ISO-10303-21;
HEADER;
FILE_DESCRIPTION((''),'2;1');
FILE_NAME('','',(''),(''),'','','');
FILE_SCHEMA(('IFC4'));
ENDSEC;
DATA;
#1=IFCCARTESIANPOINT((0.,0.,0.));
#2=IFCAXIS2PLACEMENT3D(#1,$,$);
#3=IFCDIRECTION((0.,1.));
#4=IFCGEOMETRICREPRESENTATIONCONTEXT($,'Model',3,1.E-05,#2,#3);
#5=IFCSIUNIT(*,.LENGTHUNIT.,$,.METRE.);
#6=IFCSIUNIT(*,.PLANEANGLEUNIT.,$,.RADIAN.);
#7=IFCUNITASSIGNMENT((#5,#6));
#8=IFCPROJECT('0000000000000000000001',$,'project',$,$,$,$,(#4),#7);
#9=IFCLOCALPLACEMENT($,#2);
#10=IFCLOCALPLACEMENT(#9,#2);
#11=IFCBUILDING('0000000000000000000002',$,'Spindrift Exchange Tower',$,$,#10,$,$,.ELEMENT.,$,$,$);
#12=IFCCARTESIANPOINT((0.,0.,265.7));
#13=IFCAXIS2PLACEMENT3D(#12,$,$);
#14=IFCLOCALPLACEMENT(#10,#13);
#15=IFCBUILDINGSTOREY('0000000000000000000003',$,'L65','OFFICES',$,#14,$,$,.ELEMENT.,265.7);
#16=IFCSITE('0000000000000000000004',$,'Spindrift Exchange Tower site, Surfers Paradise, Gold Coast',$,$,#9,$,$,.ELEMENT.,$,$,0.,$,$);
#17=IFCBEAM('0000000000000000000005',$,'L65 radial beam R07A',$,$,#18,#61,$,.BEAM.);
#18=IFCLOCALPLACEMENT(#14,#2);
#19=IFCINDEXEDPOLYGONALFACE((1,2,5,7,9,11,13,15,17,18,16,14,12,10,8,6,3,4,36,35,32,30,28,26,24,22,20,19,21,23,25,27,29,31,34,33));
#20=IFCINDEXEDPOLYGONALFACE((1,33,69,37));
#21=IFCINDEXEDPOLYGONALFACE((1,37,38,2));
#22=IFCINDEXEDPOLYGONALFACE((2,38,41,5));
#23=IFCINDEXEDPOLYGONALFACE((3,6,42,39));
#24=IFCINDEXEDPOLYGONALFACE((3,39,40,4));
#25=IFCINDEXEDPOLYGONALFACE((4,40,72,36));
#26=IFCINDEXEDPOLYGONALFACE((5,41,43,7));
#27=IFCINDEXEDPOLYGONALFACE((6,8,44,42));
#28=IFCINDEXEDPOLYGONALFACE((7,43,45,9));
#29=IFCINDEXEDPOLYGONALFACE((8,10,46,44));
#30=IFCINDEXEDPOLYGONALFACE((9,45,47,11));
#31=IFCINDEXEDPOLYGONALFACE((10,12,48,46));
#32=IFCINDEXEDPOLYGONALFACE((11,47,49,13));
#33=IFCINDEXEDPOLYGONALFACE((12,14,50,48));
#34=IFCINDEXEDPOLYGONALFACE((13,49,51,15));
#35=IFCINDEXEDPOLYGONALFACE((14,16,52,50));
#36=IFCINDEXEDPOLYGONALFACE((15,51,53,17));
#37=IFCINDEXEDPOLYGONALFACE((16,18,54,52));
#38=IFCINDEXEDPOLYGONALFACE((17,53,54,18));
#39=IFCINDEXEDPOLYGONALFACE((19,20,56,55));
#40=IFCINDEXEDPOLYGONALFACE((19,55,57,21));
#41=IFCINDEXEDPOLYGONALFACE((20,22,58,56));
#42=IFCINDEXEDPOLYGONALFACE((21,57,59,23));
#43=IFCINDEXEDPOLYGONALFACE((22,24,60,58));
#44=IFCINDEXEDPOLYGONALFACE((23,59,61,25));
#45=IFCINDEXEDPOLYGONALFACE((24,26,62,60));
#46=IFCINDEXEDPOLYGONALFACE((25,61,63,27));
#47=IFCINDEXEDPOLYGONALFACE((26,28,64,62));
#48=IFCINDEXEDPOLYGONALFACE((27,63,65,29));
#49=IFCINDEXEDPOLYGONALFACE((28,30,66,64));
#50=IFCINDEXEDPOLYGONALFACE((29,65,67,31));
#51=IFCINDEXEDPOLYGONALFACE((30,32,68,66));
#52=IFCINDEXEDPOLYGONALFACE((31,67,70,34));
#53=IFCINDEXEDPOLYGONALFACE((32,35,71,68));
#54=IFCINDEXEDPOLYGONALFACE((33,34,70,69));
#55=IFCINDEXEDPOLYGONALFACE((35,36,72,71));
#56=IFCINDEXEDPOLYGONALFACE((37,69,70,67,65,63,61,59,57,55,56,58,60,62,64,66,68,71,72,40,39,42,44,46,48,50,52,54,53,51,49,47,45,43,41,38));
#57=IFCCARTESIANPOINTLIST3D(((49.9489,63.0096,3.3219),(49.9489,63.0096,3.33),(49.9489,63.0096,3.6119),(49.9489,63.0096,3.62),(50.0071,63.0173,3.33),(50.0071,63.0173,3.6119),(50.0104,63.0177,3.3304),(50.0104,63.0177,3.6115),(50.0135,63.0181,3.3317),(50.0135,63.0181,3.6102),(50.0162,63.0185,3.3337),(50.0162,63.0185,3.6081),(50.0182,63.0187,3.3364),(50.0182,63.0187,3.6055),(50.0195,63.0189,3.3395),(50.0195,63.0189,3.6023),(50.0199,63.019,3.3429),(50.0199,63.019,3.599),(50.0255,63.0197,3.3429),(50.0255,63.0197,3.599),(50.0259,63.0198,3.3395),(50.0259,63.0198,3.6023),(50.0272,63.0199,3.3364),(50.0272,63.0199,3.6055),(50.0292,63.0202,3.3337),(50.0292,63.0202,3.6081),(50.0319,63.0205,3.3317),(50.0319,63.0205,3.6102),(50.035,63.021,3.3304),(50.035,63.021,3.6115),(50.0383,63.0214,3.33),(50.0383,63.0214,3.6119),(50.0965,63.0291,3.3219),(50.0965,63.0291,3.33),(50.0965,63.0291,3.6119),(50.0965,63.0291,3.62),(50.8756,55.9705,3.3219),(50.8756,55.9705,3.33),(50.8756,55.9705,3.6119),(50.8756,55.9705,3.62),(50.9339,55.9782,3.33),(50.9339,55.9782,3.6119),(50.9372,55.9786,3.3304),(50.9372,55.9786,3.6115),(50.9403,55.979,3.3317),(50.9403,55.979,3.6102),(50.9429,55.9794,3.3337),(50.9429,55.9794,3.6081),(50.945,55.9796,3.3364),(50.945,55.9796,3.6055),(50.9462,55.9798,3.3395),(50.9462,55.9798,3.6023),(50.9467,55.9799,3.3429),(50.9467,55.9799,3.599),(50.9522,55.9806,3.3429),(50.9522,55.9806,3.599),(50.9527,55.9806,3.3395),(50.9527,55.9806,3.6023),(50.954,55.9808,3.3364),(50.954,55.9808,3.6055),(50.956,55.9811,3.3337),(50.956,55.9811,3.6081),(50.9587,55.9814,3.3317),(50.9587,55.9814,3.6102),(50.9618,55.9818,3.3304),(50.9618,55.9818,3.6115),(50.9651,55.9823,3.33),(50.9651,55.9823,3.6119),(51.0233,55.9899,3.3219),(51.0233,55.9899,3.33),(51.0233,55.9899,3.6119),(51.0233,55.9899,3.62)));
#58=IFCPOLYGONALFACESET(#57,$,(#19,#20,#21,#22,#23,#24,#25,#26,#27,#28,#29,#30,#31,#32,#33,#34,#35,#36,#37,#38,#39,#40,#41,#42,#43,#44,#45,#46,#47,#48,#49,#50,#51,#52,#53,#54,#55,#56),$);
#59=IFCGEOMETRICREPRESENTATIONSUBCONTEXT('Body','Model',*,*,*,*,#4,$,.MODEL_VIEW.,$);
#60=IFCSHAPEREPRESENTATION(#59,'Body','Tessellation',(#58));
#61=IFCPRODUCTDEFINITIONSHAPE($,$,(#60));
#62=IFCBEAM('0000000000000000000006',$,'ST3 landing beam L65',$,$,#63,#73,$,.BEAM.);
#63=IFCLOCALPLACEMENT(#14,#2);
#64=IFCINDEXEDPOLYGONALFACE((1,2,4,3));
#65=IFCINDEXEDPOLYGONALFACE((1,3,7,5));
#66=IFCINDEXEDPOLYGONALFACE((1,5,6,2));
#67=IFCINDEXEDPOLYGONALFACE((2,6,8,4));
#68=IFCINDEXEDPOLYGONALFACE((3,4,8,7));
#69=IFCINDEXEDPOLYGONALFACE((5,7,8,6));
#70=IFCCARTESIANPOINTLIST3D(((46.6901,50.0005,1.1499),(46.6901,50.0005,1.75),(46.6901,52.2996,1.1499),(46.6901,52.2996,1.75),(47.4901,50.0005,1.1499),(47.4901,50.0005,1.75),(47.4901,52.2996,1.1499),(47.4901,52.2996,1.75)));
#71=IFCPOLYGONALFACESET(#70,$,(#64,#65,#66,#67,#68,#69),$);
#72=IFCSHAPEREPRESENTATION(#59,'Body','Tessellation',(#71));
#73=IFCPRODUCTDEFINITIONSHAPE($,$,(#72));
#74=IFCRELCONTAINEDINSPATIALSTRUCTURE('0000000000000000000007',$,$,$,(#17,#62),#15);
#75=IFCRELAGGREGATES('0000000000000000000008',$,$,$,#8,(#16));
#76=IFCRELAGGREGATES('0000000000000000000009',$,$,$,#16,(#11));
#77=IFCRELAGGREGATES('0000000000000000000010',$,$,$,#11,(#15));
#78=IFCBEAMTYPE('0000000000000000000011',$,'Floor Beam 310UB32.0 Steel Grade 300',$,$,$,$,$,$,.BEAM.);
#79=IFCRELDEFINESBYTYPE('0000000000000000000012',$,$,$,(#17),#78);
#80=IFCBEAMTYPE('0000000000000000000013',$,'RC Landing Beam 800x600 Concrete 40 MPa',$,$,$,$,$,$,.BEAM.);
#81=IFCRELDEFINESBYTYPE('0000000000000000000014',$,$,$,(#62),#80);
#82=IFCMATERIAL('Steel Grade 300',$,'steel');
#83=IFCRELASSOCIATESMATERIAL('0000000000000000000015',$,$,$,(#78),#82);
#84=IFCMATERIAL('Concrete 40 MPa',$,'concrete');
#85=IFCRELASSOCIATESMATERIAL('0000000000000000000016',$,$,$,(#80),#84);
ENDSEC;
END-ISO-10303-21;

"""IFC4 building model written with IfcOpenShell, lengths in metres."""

from ifc_helpers import new_model, si_unit, direction, frame, origin, origin_2d, place, context, subcontext, project, spatial, rectangle, i_section, extrude, source, transform, mapped, material, material_profile, profile_set, type_object, element, save


model = new_model("IFC4")

# Units and contexts
model_context = context("Model", 3, precision=1e-05, world=origin(), true_north=direction((0.0, 1.0)))
body_context = subcontext(model_context, "Body", "Model", "MODEL_VIEW")
ifc_project = project(units=[si_unit("LENGTHUNIT", "METRE"), si_unit("PLANEANGLEUNIT", "RADIAN")], contexts=[model_context])

# Site, building, storey
site_placement = place(None, origin())
site = spatial("IfcSite", under=ifc_project, at=site_placement, Name="Spindrift Exchange Tower site, Surfers Paradise, Gold Coast", CompositionType="ELEMENT", RefElevation=0.0)
building_placement = place(site_placement, origin())
building = spatial("IfcBuilding", under=site, at=building_placement, Name="Spindrift Exchange Tower", CompositionType="ELEMENT")
storey_placement = place(building_placement, frame((0.0, 0.0, 265.7)))
storey = spatial("IfcBuildingStorey", under=building, at=storey_placement, Name="L65", Description="OFFICES", CompositionType="ELEMENT", Elevation=265.7)

# Beams
ifc_material_1 = material(Name="Steel Grade 300", Category="steel")
ifc_material_profile_1 = material_profile(ifc_material_1, i_section(OverallWidth=0.1489, OverallDepth=0.2981, WebThickness=0.0056, FlangeThickness=0.0081, FilletRadius=0.0129, at=origin_2d()), Name="310UB32.0")
ifc_profile_set_1 = profile_set([ifc_material_profile_1], Name="Steel Grade 300")
beam_type_1 = type_object("IfcBeamType", Name="Floor Beam 310UB32.0 Steel Grade 300", PredefinedType="BEAM", material=ifc_profile_set_1)
shared_shape_1 = source(origin(), body_context, "Body", "SweptSolid", [
    extrude(i_section(OverallWidth=0.1489, OverallDepth=0.2981, WebThickness=0.0056, FlangeThickness=0.0081, FilletRadius=0.0129, at=origin_2d()), origin(), (0.0, 0.0, 1.0), 7.0999),
])
beam_1_placement = place(storey_placement, frame((50.9495, 55.9802, 3.4709), z_axis=(-0.130533, 0.991444, 0.0), x_axis=(-0.991444, -0.130533, 0.0)))
element("IfcBeam", 1, at=beam_1_placement, inside=storey, type_object=beam_type_1, Name="L65 radial beam R07A", PredefinedType="BEAM", context=body_context, shape_type="MappedRepresentation", body=[
    mapped(shared_shape_1, transform((0.0, 0.0, 0.0), scale=1.0)),
])
ifc_material_2 = material(Name="Concrete 40 MPa", Category="concrete")
ifc_material_profile_2 = material_profile(ifc_material_2, rectangle(XDim=0.8, YDim=0.6001, at=origin_2d()), Name="RC 800x600")
ifc_profile_set_2 = profile_set([ifc_material_profile_2], Name="Concrete 40 MPa")
beam_type_2 = type_object("IfcBeamType", Name="RC Landing Beam 800x600 Concrete 40 MPa", PredefinedType="BEAM", material=ifc_profile_set_2)
shared_shape_2 = source(origin(), body_context, "Body", "SweptSolid", [
    extrude(rectangle(XDim=0.8, YDim=0.6001, at=origin_2d()), origin(), (0.0, 0.0, 1.0), 2.2991),
])
beam_2_placement = place(storey_placement, frame((47.0901, 50.0005, 1.45), z_axis=(0.0, 1.0, 0.0), x_axis=(-1.0, 0.0, 0.0)))
element("IfcBeam", 2, at=beam_2_placement, inside=storey, type_object=beam_type_2, Name="ST3 landing beam L65", PredefinedType="BEAM", context=body_context, shape_type="MappedRepresentation", body=[
    mapped(shared_shape_2, transform((0.0, 0.0, 0.0), scale=1.0)),
])

save(model, "model.ifc")
